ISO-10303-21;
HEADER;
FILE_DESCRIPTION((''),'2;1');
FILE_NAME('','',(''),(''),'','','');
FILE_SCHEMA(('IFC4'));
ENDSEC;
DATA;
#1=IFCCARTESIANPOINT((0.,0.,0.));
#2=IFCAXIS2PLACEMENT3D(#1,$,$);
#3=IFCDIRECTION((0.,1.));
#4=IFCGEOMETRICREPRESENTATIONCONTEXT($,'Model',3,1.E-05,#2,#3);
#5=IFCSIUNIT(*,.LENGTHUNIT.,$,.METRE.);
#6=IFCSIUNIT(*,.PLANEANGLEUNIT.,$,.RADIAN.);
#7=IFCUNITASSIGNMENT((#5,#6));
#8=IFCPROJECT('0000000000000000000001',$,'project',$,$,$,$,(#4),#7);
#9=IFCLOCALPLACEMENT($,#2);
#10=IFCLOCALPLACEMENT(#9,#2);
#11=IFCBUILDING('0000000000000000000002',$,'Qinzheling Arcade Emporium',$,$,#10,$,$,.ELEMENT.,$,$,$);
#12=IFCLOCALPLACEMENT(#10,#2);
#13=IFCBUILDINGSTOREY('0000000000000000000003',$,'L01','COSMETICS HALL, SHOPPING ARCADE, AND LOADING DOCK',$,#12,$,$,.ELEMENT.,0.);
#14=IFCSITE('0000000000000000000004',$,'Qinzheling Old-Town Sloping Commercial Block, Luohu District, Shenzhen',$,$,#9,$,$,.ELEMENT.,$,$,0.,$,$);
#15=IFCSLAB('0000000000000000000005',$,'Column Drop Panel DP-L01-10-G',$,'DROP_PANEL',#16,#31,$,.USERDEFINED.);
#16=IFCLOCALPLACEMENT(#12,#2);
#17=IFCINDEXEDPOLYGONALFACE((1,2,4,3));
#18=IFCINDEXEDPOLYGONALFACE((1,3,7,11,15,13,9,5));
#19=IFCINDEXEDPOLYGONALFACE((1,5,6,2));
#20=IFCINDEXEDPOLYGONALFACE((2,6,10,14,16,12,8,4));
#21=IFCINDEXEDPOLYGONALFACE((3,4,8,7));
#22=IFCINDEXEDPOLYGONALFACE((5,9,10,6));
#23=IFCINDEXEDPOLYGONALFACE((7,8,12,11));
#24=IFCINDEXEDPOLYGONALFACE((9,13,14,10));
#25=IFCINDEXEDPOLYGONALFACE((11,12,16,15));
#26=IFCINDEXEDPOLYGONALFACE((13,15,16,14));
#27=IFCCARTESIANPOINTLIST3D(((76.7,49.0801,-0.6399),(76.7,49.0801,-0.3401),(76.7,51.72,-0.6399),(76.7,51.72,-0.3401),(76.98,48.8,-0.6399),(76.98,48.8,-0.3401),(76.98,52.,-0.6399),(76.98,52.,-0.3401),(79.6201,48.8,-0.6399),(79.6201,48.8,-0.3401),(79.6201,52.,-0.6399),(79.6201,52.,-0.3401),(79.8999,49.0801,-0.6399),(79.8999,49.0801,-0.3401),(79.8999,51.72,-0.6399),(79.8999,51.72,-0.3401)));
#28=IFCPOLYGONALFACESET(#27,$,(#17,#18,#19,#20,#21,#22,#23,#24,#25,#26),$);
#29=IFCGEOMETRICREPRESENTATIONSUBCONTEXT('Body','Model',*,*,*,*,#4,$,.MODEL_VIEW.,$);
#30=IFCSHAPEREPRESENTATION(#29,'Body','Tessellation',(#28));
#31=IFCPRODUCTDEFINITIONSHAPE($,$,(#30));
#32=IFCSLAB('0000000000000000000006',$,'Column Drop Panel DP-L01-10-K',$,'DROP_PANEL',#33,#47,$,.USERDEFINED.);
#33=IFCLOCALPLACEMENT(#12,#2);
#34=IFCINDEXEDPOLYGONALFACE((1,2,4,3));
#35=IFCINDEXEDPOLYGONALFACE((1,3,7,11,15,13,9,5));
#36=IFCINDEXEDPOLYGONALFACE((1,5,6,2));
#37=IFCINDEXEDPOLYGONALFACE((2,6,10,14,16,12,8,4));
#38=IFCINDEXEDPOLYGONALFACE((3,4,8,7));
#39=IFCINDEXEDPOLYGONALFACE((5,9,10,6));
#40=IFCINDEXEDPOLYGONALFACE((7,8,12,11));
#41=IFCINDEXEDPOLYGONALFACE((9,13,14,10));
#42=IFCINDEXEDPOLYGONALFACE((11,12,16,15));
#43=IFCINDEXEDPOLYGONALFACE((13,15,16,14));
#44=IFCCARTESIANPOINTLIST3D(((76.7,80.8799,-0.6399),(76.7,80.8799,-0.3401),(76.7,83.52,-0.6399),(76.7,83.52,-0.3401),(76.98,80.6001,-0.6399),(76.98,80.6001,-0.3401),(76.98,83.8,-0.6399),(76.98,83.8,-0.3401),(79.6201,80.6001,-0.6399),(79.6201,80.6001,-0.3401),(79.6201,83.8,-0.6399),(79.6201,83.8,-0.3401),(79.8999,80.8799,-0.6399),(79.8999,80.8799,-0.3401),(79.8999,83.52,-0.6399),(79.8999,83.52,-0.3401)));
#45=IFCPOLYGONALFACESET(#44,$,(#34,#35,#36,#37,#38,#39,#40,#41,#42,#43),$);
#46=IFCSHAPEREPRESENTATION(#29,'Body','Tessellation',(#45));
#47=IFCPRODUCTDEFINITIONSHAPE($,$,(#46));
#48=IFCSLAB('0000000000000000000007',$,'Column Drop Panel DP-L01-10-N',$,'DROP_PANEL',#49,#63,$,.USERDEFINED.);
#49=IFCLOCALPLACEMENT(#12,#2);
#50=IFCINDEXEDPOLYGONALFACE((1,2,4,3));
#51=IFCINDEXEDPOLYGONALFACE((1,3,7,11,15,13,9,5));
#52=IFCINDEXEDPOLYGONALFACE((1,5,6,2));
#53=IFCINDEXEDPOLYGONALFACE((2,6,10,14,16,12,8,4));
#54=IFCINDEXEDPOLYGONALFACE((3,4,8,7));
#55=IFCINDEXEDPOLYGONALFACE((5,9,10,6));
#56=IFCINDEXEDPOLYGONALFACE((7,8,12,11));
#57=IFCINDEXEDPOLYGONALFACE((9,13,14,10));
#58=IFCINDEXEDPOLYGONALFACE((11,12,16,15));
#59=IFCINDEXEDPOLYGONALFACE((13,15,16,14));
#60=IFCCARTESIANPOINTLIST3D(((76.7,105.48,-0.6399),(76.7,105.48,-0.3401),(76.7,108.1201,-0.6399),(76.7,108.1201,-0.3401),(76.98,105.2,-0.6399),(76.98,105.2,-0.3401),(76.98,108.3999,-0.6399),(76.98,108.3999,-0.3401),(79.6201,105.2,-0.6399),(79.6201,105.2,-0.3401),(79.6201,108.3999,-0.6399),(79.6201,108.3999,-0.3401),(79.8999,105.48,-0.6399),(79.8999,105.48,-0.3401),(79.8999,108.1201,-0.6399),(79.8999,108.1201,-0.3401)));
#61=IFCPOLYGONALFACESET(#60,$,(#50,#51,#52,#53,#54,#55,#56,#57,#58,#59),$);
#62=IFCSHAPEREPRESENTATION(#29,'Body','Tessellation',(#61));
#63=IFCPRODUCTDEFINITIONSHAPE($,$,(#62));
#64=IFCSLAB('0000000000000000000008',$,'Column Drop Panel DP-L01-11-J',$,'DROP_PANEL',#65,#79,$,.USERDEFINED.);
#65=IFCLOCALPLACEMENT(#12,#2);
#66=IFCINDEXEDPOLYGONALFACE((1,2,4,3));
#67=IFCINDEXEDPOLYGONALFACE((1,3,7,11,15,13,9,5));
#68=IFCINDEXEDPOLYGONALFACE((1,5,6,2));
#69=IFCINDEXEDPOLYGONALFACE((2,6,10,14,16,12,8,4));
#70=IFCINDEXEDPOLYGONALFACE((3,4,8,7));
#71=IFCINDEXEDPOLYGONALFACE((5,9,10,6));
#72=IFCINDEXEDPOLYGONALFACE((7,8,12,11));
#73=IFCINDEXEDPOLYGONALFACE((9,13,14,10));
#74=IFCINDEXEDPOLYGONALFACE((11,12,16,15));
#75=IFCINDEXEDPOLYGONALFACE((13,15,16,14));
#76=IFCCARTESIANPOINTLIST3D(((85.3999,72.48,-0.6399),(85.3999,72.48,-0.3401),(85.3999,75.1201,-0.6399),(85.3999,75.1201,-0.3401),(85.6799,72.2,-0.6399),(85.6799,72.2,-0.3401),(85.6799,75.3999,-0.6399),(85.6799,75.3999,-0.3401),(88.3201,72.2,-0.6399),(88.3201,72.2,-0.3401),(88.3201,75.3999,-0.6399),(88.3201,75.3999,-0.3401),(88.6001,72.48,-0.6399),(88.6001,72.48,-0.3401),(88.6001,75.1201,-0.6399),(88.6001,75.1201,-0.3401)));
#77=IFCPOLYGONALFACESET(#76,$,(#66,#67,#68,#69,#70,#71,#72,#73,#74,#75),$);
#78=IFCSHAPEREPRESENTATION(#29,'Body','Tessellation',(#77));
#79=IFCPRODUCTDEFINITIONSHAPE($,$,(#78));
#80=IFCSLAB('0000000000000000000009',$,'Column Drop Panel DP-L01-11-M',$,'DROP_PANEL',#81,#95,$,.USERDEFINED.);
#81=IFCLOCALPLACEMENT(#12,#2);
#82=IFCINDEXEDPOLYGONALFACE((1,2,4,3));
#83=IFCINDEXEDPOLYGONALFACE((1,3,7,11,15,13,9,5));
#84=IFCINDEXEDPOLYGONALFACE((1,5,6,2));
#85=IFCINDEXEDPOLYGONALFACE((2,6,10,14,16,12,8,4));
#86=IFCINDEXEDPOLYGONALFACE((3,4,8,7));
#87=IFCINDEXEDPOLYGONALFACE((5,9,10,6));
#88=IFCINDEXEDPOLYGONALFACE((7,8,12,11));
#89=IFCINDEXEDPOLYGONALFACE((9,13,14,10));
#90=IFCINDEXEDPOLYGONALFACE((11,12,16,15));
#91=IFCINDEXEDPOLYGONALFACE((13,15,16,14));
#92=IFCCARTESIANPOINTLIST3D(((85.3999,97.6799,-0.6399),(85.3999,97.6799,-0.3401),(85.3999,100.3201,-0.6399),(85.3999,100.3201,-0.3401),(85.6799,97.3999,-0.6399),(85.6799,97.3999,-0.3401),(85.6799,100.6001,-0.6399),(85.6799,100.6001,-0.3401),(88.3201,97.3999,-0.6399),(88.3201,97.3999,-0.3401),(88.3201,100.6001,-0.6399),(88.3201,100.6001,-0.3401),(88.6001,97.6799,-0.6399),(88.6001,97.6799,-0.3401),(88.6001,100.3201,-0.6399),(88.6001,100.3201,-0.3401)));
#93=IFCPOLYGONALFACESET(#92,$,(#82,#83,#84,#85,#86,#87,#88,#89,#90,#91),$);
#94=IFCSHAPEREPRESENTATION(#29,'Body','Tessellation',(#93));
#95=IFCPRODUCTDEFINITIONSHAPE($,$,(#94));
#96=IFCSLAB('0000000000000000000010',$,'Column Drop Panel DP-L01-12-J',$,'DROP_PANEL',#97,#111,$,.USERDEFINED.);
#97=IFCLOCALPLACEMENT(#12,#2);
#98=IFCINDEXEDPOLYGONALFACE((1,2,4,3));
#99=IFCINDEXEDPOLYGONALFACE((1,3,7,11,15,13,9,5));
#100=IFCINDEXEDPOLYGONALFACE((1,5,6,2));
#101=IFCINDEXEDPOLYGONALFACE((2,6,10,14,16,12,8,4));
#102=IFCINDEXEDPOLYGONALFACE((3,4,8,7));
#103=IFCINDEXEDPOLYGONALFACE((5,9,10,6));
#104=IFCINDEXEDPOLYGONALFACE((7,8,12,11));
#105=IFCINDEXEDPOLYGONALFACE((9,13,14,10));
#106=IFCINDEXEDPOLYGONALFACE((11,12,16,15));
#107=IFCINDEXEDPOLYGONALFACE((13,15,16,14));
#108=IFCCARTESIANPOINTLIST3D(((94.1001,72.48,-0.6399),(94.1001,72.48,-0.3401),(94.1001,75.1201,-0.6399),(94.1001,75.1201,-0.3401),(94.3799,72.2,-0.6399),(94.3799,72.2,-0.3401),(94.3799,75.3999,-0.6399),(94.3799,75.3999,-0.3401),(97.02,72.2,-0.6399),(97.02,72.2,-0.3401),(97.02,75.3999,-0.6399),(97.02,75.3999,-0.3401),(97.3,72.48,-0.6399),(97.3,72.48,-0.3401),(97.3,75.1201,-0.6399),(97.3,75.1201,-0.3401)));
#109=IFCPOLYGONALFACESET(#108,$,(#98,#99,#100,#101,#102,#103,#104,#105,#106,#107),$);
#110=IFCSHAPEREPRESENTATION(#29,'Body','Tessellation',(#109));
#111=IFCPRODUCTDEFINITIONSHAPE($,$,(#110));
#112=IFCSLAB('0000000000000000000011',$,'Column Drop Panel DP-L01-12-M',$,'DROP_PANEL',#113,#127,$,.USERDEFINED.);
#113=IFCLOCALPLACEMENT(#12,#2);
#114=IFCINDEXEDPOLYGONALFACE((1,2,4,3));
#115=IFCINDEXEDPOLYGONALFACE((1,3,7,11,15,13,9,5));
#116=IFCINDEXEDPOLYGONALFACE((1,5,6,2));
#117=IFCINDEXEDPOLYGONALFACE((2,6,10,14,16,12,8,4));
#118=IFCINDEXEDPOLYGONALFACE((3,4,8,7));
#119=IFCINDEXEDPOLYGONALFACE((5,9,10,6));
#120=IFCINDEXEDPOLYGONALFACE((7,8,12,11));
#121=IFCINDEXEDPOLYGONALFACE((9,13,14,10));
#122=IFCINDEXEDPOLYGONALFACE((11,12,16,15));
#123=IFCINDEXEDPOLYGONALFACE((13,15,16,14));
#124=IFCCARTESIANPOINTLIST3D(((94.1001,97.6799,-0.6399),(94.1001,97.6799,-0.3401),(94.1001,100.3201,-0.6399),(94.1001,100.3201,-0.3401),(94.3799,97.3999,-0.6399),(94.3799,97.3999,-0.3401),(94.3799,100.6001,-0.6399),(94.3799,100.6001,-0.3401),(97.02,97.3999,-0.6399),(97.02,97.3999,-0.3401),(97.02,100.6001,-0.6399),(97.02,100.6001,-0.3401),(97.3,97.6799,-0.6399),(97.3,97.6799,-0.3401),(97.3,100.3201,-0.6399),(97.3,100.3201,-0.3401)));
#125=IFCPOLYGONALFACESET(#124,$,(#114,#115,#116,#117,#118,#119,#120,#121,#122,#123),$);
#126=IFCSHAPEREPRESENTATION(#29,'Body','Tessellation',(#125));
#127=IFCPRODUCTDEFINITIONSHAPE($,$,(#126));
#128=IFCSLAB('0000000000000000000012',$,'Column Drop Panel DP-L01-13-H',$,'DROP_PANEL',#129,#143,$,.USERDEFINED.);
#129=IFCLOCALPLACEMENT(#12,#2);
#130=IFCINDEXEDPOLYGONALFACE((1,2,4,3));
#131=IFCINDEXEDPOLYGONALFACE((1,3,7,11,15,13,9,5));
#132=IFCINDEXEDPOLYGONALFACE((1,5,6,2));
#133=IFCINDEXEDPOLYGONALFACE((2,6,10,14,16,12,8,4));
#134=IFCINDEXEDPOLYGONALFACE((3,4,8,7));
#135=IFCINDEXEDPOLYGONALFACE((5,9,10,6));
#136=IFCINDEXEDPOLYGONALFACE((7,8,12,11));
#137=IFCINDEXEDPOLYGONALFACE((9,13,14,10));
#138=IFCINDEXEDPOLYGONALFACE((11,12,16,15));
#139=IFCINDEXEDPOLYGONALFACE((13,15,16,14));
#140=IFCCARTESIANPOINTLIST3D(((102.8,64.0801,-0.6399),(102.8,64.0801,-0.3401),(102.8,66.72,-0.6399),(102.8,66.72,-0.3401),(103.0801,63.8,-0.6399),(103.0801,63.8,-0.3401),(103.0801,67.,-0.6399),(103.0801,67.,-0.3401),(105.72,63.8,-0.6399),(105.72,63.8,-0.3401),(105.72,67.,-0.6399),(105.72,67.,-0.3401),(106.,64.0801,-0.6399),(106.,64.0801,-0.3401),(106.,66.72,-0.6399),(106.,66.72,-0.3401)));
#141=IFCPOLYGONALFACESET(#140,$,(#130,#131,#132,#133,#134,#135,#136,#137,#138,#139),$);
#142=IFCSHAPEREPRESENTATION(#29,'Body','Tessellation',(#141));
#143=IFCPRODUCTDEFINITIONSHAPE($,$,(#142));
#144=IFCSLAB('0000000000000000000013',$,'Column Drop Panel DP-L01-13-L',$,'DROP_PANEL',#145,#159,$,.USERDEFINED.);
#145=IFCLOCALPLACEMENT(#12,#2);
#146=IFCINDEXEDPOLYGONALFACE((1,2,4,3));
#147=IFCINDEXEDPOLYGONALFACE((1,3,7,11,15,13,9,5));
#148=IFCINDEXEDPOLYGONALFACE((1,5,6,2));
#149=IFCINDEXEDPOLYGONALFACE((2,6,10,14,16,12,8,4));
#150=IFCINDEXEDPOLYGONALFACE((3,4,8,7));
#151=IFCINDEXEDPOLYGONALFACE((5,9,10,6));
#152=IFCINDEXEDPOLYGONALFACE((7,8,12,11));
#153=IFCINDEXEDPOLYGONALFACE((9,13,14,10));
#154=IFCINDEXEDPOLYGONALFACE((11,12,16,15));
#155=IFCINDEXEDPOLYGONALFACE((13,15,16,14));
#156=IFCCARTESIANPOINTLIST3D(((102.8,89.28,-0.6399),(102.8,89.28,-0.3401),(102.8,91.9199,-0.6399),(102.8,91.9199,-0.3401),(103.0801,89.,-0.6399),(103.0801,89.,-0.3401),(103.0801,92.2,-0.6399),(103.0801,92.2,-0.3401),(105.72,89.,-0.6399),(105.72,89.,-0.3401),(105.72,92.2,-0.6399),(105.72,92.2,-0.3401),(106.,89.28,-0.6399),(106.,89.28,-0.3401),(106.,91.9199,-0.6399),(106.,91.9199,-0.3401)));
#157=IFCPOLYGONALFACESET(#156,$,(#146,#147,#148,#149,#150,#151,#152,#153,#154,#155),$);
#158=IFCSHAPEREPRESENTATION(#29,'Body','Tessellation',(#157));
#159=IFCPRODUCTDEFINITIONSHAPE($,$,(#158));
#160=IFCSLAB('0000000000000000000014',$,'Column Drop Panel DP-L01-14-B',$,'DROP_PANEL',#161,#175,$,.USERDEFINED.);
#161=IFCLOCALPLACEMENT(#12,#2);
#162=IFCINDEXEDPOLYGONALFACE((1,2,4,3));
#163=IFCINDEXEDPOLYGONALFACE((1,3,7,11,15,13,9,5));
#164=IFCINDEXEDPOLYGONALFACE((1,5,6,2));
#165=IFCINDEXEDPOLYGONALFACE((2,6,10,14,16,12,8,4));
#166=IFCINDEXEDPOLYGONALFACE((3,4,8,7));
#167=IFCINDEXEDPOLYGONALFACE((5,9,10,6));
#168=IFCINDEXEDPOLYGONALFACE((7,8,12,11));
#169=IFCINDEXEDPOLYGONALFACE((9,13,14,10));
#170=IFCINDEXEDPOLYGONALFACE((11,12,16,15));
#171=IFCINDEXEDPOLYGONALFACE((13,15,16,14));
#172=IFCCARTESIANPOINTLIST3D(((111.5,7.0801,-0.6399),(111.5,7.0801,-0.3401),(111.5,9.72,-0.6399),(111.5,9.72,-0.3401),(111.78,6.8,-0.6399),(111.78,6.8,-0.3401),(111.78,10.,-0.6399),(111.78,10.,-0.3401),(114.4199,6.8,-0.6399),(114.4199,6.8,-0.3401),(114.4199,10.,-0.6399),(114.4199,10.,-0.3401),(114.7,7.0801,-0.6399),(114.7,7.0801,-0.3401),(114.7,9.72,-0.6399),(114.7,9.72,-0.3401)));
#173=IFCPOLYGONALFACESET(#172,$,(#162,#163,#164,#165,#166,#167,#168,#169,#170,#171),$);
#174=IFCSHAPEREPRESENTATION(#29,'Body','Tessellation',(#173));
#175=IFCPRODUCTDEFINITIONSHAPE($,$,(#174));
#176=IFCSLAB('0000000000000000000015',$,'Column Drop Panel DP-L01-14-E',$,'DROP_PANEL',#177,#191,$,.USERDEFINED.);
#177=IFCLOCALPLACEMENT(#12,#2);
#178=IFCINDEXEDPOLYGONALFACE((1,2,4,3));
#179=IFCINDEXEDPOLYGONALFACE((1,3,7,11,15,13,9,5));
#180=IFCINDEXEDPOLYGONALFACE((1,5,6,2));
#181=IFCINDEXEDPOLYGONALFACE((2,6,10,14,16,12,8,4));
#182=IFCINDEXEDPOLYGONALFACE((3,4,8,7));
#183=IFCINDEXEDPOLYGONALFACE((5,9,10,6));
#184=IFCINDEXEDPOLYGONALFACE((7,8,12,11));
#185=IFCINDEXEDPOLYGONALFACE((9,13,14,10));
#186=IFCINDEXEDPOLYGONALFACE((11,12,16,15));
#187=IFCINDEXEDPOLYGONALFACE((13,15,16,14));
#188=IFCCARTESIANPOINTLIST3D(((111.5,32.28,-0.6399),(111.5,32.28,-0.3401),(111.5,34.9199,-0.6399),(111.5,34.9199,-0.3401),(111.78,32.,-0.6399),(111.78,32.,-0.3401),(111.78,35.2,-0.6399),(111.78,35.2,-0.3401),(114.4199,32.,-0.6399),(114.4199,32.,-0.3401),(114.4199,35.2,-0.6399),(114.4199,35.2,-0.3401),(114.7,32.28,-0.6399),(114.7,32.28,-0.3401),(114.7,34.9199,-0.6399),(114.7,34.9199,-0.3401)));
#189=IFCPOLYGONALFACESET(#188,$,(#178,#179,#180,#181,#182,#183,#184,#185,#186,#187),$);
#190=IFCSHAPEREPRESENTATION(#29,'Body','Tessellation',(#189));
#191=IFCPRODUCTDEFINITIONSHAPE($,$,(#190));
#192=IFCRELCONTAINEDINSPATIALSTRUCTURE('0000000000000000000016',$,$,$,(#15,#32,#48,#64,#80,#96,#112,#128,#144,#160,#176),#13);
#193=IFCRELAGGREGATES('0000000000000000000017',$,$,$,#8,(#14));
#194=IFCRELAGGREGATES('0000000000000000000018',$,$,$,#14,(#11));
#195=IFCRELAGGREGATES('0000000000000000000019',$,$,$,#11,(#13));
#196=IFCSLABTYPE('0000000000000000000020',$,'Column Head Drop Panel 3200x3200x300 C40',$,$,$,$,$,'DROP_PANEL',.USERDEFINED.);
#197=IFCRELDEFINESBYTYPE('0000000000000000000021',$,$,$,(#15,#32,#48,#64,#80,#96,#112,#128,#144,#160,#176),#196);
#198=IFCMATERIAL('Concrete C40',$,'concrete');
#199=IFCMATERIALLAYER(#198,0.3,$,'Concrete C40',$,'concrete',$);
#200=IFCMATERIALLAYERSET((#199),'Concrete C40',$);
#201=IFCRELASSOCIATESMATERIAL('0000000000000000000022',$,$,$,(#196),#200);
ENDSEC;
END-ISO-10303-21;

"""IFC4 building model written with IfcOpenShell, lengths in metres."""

from ifc_helpers import new_model, si_unit, direction, frame, origin, place, context, subcontext, project, spatial, polyline, outline, extrude, material, layer, layer_set, type_object, element, save


model = new_model("IFC4")

# Units and contexts
model_context = context("Model", 3, precision=1e-05, world=origin(), true_north=direction((0.0, 1.0)))
body_context = subcontext(model_context, "Body", "Model", "MODEL_VIEW")
ifc_project = project(units=[si_unit("LENGTHUNIT", "METRE"), si_unit("PLANEANGLEUNIT", "RADIAN")], contexts=[model_context])

# Site, building, storey
site_placement = place(None, origin())
site = spatial("IfcSite", under=ifc_project, at=site_placement, Name="Qinzheling Old-Town Sloping Commercial Block, Luohu District, Shenzhen", CompositionType="ELEMENT", RefElevation=0.0)
building_placement = place(site_placement, origin())
building = spatial("IfcBuilding", under=site, at=building_placement, Name="Qinzheling Arcade Emporium", CompositionType="ELEMENT")
storey_placement = place(building_placement, origin())
storey = spatial("IfcBuildingStorey", under=building, at=storey_placement, Name="L01", Description="COSMETICS HALL, SHOPPING ARCADE, AND LOADING DOCK", CompositionType="ELEMENT", Elevation=0.0)

# Slabs
ifc_material = material(Name="Concrete C40", Category="concrete")
ifc_layer = layer(ifc_material, 0.3, Name="Concrete C40", Category="concrete")
ifc_layer_set = layer_set([ifc_layer], Name="Concrete C40")
slab_type = type_object("IfcSlabType", Name="Column Head Drop Panel 3200x3200x300 C40", ElementType="DROP_PANEL", PredefinedType="USERDEFINED", material=ifc_layer_set)
slab_1_placement = place(storey_placement, frame((0.0, 0.0, -0.6399)))
element("IfcSlab", 1, at=slab_1_placement, inside=storey, type_object=slab_type, Name="Column Drop Panel DP-L01-10-G", ObjectType="DROP_PANEL", PredefinedType="USERDEFINED", context=body_context, shape_type="SweptSolid", body=[
    extrude(outline(polyline([(76.98, 48.8), (79.6201, 48.8), (79.8999, 49.0801), (79.8999, 51.72), (79.6201, 52.0), (76.98, 52.0), (76.7, 51.72), (76.7, 49.0801), (76.98, 48.8)])), origin(), (0.0, 0.0, 1.0), 0.2998),
])
slab_2_placement = place(storey_placement, frame((0.0, 0.0, -0.6399)))
element("IfcSlab", 2, at=slab_2_placement, inside=storey, type_object=slab_type, Name="Column Drop Panel DP-L01-10-K", ObjectType="DROP_PANEL", PredefinedType="USERDEFINED", context=body_context, shape_type="SweptSolid", body=[
    extrude(outline(polyline([(76.98, 80.6001), (79.6201, 80.6001), (79.8999, 80.8799), (79.8999, 83.52), (79.6201, 83.8), (76.98, 83.8), (76.7, 83.52), (76.7, 80.8799), (76.98, 80.6001)])), origin(), (0.0, 0.0, 1.0), 0.2998),
])
slab_3_placement = place(storey_placement, frame((0.0, 0.0, -0.6399)))
element("IfcSlab", 3, at=slab_3_placement, inside=storey, type_object=slab_type, Name="Column Drop Panel DP-L01-10-N", ObjectType="DROP_PANEL", PredefinedType="USERDEFINED", context=body_context, shape_type="SweptSolid", body=[
    extrude(outline(polyline([(76.98, 105.2), (79.6201, 105.2), (79.8999, 105.48), (79.8999, 108.1201), (79.6201, 108.3999), (76.98, 108.3999), (76.7, 108.1201), (76.7, 105.48), (76.98, 105.2)])), origin(), (0.0, 0.0, 1.0), 0.2998),
])
slab_4_placement = place(storey_placement, frame((0.0, 0.0, -0.6399)))
element("IfcSlab", 4, at=slab_4_placement, inside=storey, type_object=slab_type, Name="Column Drop Panel DP-L01-11-J", ObjectType="DROP_PANEL", PredefinedType="USERDEFINED", context=body_context, shape_type="SweptSolid", body=[
    extrude(outline(polyline([(85.6799, 72.2), (88.3201, 72.2), (88.6001, 72.48), (88.6001, 75.1201), (88.3201, 75.3999), (85.6799, 75.3999), (85.3999, 75.1201), (85.3999, 72.48), (85.6799, 72.2)])), origin(), (0.0, 0.0, 1.0), 0.2998),
])
slab_5_placement = place(storey_placement, frame((0.0, 0.0, -0.6399)))
element("IfcSlab", 5, at=slab_5_placement, inside=storey, type_object=slab_type, Name="Column Drop Panel DP-L01-11-M", ObjectType="DROP_PANEL", PredefinedType="USERDEFINED", context=body_context, shape_type="SweptSolid", body=[
    extrude(outline(polyline([(85.6799, 97.3999), (88.3201, 97.3999), (88.6001, 97.6799), (88.6001, 100.3201), (88.3201, 100.6001), (85.6799, 100.6001), (85.3999, 100.3201), (85.3999, 97.6799), (85.6799, 97.3999)])), origin(), (0.0, 0.0, 1.0), 0.2998),
])
slab_6_placement = place(storey_placement, frame((0.0, 0.0, -0.6399)))
element("IfcSlab", 6, at=slab_6_placement, inside=storey, type_object=slab_type, Name="Column Drop Panel DP-L01-12-J", ObjectType="DROP_PANEL", PredefinedType="USERDEFINED", context=body_context, shape_type="SweptSolid", body=[
    extrude(outline(polyline([(94.3799, 72.2), (97.02, 72.2), (97.3, 72.48), (97.3, 75.1201), (97.02, 75.3999), (94.3799, 75.3999), (94.1001, 75.1201), (94.1001, 72.48), (94.3799, 72.2)])), origin(), (0.0, 0.0, 1.0), 0.2998),
])
slab_7_placement = place(storey_placement, frame((0.0, 0.0, -0.6399)))
element("IfcSlab", 7, at=slab_7_placement, inside=storey, type_object=slab_type, Name="Column Drop Panel DP-L01-12-M", ObjectType="DROP_PANEL", PredefinedType="USERDEFINED", context=body_context, shape_type="SweptSolid", body=[
    extrude(outline(polyline([(94.3799, 97.3999), (97.02, 97.3999), (97.3, 97.6799), (97.3, 100.3201), (97.02, 100.6001), (94.3799, 100.6001), (94.1001, 100.3201), (94.1001, 97.6799), (94.3799, 97.3999)])), origin(), (0.0, 0.0, 1.0), 0.2998),
])
slab_8_placement = place(storey_placement, frame((0.0, 0.0, -0.6399)))
element("IfcSlab", 8, at=slab_8_placement, inside=storey, type_object=slab_type, Name="Column Drop Panel DP-L01-13-H", ObjectType="DROP_PANEL", PredefinedType="USERDEFINED", context=body_context, shape_type="SweptSolid", body=[
    extrude(outline(polyline([(103.0801, 63.8), (105.72, 63.8), (106.0, 64.0801), (106.0, 66.72), (105.72, 67.0), (103.0801, 67.0), (102.8, 66.72), (102.8, 64.0801), (103.0801, 63.8)])), origin(), (0.0, 0.0, 1.0), 0.2998),
])
slab_9_placement = place(storey_placement, frame((0.0, 0.0, -0.6399)))
element("IfcSlab", 9, at=slab_9_placement, inside=storey, type_object=slab_type, Name="Column Drop Panel DP-L01-13-L", ObjectType="DROP_PANEL", PredefinedType="USERDEFINED", context=body_context, shape_type="SweptSolid", body=[
    extrude(outline(polyline([(103.0801, 89.0), (105.72, 89.0), (106.0, 89.28), (106.0, 91.9199), (105.72, 92.2), (103.0801, 92.2), (102.8, 91.9199), (102.8, 89.28), (103.0801, 89.0)])), origin(), (0.0, 0.0, 1.0), 0.2998),
])
slab_10_placement = place(storey_placement, frame((0.0, 0.0, -0.6399)))
element("IfcSlab", 10, at=slab_10_placement, inside=storey, type_object=slab_type, Name="Column Drop Panel DP-L01-14-B", ObjectType="DROP_PANEL", PredefinedType="USERDEFINED", context=body_context, shape_type="SweptSolid", body=[
    extrude(outline(polyline([(111.78, 6.8), (114.4199, 6.8), (114.7, 7.0801), (114.7, 9.72), (114.4199, 10.0), (111.78, 10.0), (111.5, 9.72), (111.5, 7.0801), (111.78, 6.8)])), origin(), (0.0, 0.0, 1.0), 0.2998),
])
slab_11_placement = place(storey_placement, frame((0.0, 0.0, -0.6399)))
element("IfcSlab", 11, at=slab_11_placement, inside=storey, type_object=slab_type, Name="Column Drop Panel DP-L01-14-E", ObjectType="DROP_PANEL", PredefinedType="USERDEFINED", context=body_context, shape_type="SweptSolid", body=[
    extrude(outline(polyline([(111.78, 32.0), (114.4199, 32.0), (114.7, 32.28), (114.7, 34.9199), (114.4199, 35.2), (111.78, 35.2), (111.5, 34.9199), (111.5, 32.28), (111.78, 32.0)])), origin(), (0.0, 0.0, 1.0), 0.2998),
])

save(model, "model.ifc")
